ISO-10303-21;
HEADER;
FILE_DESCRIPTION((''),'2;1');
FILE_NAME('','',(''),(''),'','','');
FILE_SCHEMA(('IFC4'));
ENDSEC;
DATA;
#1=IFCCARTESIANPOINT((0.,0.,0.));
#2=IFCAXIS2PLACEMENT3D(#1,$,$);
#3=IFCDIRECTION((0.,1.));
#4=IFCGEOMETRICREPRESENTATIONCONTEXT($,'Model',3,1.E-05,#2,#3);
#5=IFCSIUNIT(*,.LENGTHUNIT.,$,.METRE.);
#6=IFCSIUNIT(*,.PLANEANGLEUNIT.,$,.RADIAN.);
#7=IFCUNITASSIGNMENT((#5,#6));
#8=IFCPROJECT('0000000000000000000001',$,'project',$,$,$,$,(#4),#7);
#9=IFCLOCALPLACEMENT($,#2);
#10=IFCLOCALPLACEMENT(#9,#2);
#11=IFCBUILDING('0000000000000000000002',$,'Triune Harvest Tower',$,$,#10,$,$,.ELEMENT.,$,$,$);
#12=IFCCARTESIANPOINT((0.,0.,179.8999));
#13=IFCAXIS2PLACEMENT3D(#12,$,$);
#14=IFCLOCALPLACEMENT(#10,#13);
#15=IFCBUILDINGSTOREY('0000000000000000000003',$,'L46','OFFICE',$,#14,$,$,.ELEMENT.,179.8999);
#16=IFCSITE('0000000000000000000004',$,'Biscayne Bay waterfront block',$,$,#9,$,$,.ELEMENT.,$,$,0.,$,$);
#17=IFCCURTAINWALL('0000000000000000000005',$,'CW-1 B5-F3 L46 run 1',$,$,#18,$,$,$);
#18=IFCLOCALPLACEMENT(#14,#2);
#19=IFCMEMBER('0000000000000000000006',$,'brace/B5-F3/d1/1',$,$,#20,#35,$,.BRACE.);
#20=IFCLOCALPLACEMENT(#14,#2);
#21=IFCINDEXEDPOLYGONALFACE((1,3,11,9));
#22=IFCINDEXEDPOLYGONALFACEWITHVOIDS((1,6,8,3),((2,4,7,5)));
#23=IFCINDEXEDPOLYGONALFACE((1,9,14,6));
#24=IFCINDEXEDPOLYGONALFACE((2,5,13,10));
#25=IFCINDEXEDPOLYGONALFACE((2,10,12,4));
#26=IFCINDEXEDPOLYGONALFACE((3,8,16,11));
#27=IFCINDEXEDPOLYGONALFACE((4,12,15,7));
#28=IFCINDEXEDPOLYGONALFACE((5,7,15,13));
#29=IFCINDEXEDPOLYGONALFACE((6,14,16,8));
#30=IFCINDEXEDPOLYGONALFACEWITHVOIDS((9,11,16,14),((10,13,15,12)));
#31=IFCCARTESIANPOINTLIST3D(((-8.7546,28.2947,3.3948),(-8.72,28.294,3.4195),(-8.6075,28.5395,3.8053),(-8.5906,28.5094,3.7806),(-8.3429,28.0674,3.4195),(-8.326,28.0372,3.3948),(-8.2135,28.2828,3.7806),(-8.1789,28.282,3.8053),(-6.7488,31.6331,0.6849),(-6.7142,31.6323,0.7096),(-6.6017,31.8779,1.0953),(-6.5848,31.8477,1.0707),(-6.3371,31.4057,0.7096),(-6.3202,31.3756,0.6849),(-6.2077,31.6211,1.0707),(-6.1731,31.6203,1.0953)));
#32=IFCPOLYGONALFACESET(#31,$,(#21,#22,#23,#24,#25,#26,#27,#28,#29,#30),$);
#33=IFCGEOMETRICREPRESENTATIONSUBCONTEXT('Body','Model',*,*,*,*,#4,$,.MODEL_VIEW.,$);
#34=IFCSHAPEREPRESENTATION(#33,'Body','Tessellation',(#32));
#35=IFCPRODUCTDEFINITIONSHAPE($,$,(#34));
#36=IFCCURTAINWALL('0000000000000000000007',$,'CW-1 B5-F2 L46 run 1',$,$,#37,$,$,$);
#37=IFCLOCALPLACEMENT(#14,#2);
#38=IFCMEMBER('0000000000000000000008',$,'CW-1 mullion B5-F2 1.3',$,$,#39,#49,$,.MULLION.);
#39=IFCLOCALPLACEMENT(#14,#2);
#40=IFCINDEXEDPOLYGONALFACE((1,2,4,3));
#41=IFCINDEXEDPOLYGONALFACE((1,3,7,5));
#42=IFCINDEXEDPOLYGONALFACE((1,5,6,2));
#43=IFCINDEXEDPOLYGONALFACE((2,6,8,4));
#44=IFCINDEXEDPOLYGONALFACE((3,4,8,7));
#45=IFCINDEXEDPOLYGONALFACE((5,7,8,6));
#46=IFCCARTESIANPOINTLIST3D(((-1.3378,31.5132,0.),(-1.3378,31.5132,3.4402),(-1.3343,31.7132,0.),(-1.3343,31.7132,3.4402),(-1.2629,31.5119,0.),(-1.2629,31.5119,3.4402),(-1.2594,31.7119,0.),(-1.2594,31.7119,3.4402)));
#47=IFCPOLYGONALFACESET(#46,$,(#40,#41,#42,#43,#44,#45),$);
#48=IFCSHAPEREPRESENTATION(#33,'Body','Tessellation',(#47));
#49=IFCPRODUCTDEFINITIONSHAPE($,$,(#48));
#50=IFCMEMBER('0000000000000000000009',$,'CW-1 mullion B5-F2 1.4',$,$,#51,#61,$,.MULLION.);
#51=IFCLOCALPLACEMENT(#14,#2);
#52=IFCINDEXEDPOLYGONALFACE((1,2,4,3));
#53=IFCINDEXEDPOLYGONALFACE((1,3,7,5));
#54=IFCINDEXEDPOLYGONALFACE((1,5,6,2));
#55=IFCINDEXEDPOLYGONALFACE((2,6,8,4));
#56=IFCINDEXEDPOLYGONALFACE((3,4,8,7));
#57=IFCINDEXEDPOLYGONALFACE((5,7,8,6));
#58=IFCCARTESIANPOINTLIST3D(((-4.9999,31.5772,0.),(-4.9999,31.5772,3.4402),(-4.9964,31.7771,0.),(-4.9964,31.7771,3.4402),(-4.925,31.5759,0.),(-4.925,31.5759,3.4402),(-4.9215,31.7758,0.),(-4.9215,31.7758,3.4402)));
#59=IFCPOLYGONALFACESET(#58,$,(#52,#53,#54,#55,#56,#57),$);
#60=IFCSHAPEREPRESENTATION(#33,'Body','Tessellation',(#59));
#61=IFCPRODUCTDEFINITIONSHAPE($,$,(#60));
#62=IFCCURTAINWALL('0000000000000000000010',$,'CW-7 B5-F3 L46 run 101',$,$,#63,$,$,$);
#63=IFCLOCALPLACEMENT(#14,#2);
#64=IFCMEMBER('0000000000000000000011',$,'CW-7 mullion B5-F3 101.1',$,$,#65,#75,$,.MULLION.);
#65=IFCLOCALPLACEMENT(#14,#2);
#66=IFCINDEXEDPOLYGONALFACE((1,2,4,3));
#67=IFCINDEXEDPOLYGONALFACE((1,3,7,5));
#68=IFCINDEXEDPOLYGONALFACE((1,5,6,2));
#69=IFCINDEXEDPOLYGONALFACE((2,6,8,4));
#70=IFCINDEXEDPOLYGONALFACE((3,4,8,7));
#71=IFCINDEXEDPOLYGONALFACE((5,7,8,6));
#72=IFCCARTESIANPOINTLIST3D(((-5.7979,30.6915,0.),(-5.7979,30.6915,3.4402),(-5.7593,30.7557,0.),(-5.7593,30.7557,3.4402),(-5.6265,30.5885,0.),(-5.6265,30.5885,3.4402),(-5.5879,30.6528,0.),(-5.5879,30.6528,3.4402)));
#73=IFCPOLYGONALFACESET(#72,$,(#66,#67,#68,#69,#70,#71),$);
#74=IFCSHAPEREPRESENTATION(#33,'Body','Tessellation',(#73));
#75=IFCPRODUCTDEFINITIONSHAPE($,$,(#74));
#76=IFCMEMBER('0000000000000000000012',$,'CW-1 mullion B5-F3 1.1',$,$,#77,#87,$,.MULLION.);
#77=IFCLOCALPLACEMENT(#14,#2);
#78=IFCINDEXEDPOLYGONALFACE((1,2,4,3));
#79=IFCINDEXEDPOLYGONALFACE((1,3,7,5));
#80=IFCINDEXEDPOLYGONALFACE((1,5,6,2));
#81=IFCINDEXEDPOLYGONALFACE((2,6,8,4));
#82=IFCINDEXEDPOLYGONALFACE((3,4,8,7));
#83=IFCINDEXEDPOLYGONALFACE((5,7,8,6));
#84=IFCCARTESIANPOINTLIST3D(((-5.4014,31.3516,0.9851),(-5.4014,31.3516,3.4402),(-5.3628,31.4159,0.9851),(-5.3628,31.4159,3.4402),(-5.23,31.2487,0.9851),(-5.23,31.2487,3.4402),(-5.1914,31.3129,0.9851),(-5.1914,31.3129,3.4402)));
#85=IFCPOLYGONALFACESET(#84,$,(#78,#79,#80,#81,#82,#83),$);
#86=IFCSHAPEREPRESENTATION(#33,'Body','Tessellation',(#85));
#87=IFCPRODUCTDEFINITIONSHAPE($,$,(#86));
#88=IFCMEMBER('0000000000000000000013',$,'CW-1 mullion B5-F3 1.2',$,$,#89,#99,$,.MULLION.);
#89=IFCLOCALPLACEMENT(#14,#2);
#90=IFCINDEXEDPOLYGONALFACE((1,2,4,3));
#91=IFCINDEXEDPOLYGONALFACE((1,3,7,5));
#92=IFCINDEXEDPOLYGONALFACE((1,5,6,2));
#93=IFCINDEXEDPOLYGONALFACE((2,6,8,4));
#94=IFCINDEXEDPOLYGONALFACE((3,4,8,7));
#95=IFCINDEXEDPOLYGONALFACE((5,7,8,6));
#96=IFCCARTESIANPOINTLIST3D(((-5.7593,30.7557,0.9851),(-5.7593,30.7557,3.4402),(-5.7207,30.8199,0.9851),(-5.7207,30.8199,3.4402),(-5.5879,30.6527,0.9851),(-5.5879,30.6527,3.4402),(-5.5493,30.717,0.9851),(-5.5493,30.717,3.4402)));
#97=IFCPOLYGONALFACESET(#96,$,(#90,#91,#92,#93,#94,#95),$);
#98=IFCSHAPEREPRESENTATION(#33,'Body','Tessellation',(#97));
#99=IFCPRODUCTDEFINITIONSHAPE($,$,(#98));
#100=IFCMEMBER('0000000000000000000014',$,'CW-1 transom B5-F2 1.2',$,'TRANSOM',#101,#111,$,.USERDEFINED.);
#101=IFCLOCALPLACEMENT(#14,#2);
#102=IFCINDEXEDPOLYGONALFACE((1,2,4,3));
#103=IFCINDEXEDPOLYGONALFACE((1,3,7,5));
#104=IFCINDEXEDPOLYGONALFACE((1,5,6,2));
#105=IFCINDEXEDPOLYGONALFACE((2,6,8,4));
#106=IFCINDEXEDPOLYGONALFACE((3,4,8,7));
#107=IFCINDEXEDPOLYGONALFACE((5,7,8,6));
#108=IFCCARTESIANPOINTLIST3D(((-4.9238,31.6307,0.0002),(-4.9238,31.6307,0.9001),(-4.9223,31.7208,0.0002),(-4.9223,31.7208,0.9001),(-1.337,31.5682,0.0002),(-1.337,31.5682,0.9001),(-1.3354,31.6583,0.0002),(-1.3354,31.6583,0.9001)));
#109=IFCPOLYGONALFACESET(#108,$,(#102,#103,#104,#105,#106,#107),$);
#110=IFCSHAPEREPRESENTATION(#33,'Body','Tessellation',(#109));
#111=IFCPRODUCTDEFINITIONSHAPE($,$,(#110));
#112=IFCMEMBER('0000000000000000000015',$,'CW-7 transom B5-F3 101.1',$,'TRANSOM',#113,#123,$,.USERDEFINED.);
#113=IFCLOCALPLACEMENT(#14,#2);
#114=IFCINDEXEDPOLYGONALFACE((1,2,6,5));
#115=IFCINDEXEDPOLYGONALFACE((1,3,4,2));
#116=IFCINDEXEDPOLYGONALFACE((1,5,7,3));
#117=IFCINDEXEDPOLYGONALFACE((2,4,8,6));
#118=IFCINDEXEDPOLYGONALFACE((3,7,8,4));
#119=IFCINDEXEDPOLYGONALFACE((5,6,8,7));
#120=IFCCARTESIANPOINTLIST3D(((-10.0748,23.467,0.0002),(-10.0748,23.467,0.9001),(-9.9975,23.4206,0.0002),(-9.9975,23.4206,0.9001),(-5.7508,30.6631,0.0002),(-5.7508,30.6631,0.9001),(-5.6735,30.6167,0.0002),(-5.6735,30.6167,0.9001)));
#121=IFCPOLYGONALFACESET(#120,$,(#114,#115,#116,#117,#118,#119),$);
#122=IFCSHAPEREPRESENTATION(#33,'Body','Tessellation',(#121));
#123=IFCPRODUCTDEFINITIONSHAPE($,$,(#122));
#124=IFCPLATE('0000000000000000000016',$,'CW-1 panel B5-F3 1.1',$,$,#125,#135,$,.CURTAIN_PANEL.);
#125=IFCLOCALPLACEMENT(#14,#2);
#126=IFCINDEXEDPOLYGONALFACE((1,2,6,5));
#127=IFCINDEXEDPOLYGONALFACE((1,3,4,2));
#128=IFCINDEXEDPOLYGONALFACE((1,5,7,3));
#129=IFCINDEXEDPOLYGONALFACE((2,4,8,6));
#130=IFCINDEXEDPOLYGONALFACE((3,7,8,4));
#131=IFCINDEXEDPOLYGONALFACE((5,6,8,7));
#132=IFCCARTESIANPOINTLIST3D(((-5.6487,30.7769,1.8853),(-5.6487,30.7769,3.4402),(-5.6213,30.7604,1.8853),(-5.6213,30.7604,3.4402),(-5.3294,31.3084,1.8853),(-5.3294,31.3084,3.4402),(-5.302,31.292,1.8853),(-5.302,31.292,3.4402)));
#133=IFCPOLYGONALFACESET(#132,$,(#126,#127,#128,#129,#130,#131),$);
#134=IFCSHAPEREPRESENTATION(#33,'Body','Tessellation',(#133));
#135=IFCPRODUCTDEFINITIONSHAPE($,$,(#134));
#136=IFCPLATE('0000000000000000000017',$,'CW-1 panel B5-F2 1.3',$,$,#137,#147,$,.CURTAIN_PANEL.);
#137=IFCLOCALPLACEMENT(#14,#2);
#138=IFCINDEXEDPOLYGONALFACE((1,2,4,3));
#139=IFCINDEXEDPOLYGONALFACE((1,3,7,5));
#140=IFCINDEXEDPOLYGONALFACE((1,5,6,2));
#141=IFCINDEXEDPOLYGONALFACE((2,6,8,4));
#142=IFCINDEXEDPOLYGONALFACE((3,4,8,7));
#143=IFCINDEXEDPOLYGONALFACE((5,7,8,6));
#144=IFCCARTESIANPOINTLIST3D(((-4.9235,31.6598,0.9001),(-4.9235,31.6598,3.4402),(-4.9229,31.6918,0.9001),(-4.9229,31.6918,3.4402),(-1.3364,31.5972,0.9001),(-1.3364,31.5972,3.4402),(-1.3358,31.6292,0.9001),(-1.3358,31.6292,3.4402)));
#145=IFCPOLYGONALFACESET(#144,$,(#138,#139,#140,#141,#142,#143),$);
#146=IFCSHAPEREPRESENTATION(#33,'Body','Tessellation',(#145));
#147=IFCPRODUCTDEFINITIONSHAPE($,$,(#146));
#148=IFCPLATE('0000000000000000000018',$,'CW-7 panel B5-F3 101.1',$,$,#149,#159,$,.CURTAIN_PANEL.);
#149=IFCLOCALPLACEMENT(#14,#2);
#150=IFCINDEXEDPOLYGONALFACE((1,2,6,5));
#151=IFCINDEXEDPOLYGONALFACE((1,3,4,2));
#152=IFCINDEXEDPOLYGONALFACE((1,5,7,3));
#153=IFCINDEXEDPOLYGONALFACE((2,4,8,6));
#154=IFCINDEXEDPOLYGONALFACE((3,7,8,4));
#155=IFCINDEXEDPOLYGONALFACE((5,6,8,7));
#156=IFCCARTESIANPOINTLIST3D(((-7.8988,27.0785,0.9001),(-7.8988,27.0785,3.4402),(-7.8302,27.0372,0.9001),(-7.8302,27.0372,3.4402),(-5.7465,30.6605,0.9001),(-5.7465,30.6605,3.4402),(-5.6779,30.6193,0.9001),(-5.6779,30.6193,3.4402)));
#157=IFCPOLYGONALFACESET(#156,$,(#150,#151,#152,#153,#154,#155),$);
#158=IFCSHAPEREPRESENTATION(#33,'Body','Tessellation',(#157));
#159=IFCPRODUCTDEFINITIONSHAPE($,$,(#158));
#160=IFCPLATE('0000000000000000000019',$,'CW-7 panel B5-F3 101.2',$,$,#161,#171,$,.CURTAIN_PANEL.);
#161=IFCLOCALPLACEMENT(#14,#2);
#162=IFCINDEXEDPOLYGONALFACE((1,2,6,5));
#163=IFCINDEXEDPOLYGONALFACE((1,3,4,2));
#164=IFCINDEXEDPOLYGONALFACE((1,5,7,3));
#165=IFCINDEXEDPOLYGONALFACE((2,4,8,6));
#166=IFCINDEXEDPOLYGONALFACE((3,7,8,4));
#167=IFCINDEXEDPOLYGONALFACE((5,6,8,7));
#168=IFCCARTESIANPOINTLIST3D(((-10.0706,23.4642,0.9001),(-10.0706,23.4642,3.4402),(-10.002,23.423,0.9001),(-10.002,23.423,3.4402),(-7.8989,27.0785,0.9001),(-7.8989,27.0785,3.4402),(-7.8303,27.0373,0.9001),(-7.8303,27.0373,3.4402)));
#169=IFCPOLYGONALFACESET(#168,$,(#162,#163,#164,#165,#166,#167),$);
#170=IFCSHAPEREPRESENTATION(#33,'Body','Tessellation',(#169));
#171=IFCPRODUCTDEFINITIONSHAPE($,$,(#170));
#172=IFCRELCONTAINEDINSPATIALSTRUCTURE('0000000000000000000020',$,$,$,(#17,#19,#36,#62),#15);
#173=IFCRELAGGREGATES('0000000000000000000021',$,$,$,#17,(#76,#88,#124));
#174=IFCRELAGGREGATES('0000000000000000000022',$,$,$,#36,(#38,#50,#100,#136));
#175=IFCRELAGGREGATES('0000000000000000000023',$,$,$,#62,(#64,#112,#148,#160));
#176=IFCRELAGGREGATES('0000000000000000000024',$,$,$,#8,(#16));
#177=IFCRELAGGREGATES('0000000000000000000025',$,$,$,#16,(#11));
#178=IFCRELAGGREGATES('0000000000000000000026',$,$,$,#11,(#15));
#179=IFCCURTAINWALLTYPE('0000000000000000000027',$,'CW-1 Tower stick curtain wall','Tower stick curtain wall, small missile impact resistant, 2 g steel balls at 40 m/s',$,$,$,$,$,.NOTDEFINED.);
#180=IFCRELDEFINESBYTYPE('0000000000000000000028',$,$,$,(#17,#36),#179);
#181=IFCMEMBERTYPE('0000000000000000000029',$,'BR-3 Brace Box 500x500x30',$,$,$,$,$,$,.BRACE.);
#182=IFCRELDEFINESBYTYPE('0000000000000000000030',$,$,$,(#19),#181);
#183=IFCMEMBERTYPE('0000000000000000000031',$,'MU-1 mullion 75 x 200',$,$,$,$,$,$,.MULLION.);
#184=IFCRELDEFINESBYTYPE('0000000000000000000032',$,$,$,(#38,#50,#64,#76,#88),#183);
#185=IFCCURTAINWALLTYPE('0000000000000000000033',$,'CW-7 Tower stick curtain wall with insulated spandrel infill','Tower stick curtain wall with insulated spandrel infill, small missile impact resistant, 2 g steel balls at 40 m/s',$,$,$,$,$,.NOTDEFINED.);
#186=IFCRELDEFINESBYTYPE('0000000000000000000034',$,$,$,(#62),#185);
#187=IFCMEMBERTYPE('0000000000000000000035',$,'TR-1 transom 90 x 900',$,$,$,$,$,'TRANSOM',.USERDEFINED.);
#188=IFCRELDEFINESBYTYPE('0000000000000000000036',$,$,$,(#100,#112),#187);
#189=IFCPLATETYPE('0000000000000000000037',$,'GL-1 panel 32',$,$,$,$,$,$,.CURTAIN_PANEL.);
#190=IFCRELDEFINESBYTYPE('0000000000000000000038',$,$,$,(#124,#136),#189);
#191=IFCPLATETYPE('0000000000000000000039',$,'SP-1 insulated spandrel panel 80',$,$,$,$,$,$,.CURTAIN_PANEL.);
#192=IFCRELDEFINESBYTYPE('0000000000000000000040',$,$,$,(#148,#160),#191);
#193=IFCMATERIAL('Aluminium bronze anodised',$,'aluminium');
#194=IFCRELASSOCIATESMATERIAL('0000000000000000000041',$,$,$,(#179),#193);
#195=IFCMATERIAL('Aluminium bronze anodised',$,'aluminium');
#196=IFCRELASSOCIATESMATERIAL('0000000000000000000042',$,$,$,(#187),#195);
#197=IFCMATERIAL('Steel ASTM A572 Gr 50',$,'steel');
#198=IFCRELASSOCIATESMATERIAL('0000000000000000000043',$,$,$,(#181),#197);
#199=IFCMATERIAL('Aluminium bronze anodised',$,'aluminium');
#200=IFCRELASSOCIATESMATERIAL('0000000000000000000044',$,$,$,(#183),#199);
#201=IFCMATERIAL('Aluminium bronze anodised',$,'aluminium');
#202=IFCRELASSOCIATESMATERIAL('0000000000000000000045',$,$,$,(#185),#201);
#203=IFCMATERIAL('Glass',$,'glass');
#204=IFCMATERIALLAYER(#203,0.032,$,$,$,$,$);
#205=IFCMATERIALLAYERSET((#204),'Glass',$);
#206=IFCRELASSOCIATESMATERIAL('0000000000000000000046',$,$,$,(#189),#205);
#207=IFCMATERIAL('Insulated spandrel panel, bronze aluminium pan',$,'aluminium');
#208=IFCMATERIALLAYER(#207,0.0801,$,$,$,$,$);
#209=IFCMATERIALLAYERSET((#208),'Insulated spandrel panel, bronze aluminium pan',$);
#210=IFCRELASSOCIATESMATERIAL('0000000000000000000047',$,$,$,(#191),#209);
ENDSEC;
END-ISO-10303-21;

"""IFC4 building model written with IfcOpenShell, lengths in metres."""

from ifc_helpers import new_model, si_unit, direction, frame, origin, origin_2d, place, context, subcontext, project, spatial, rectangle, hollow_rectangle, extrude, source, transform, mapped, material, layer, layer_set, material_profile, profile_set, type_object, element, aggregate, save


model = new_model("IFC4")

# Units and contexts
model_context = context("Model", 3, precision=1e-05, world=origin(), true_north=direction((0.0, 1.0)))
body_context = subcontext(model_context, "Body", "Model", "MODEL_VIEW")
ifc_project = project(units=[si_unit("LENGTHUNIT", "METRE"), si_unit("PLANEANGLEUNIT", "RADIAN")], contexts=[model_context])

# Site, building, storey
site_placement = place(None, origin())
site = spatial("IfcSite", under=ifc_project, at=site_placement, Name="Biscayne Bay waterfront block", CompositionType="ELEMENT", RefElevation=0.0)
building_placement = place(site_placement, origin())
building = spatial("IfcBuilding", under=site, at=building_placement, Name="Triune Harvest Tower", CompositionType="ELEMENT")
storey_placement = place(building_placement, frame((0.0, 0.0, 179.8999)))
storey = spatial("IfcBuildingStorey", under=building, at=storey_placement, Name="L46", Description="OFFICE", CompositionType="ELEMENT", Elevation=179.8999)

# Curtain wall
ifc_material_1 = material(Name="Aluminium bronze anodised", Category="aluminium")
curtain_wall_type_1 = type_object("IfcCurtainWallType", Name="CW-1 Tower stick curtain wall", Description="Tower stick curtain wall, small missile impact resistant, 2 g steel balls at 40 m/s", PredefinedType="NOTDEFINED", material=ifc_material_1)
curtain_wall_1_placement = place(storey_placement, origin())
curtain_wall_1 = element("IfcCurtainWall", 1, at=curtain_wall_1_placement, inside=storey, type_object=curtain_wall_type_1, Name="CW-1 B5-F3 L46 run 1")
ifc_material_2 = material(Name="Aluminium bronze anodised", Category="aluminium")
ifc_material_profile_1 = material_profile(ifc_material_2, rectangle(XDim=0.0901, YDim=0.8999, at=origin_2d()), Name="TR-1 transom 90 x 900")
ifc_profile_set_1 = profile_set([ifc_material_profile_1], Name="Aluminium bronze anodised")
member_type_1 = type_object("IfcMemberType", Name="TR-1 transom 90 x 900", ElementType="TRANSOM", PredefinedType="USERDEFINED", material=ifc_profile_set_1)

# Member
ifc_material_3 = material(Name="Steel ASTM A572 Gr 50", Category="steel")
ifc_material_profile_2 = material_profile(ifc_material_3, hollow_rectangle(XDim=0.5, YDim=0.5, WallThickness=0.03, at=origin_2d()), Name="Box 500x500x30")
ifc_profile_set_2 = profile_set([ifc_material_profile_2], Name="Steel ASTM A572 Gr 50")
member_type_2 = type_object("IfcMemberType", Name="BR-3 Brace Box 500x500x30", PredefinedType="BRACE", material=ifc_profile_set_2)
shared_shape_1 = source(origin(), body_context, "Body", "SweptSolid", [
    extrude(hollow_rectangle(XDim=0.5, YDim=0.5, WallThickness=0.03, at=origin_2d()), origin(), (0.0, 0.0, 1.0), 4.7446),
])
member_1_placement = place(storey_placement, frame((-6.4609, 31.6267, 0.8901), z_axis=(-0.422758, -0.703602, 0.571156), x_axis=(0.857172, -0.51503, 0.0)))
element("IfcMember", 2, at=member_1_placement, inside=storey, type_object=member_type_2, Name="brace/B5-F3/d1/1", PredefinedType="BRACE", context=body_context, shape_type="MappedRepresentation", body=[
    mapped(shared_shape_1, transform((0.0, 0.0, 0.0), scale=1.0)),
])

# Curtain wall, members
curtain_wall_2_placement = place(storey_placement, origin())
curtain_wall_2 = element("IfcCurtainWall", 3, at=curtain_wall_2_placement, inside=storey, type_object=curtain_wall_type_1, Name="CW-1 B5-F2 L46 run 1")
ifc_material_4 = material(Name="Aluminium bronze anodised", Category="aluminium")
ifc_material_profile_3 = material_profile(ifc_material_4, rectangle(XDim=0.2, YDim=0.075, at=origin_2d()), Name="MU-1 mullion 75 x 200")
ifc_profile_set_3 = profile_set([ifc_material_profile_3], Name="Aluminium bronze anodised")
member_type_3 = type_object("IfcMemberType", Name="MU-1 mullion 75 x 200", PredefinedType="MULLION", material=ifc_profile_set_3)
shared_shape_2 = source(origin(), body_context, "Body", "SweptSolid", [
    extrude(rectangle(XDim=0.2, YDim=0.075, at=origin_2d()), origin(), (0.0, 0.0, 1.0), 3.4402),
])
member_2_placement = place(storey_placement, frame((-1.2986, 31.6125, 0.0), z_axis=(0.0, 0.0, 1.0), x_axis=(-0.017446, -0.999848, 0.0)))
member_2 = element("IfcMember", 4, at=member_2_placement, type_object=member_type_3, Name="CW-1 mullion B5-F2 1.3", PredefinedType="MULLION", context=body_context, shape_type="MappedRepresentation", body=[
    mapped(shared_shape_2, transform((0.0, 0.0, 0.0), scale=1.0)),
])
member_3_placement = place(storey_placement, frame((-4.9607, 31.6765, 0.0), z_axis=(0.0, 0.0, 1.0), x_axis=(-0.017446, -0.999848, 0.0)))
member_3 = element("IfcMember", 5, at=member_3_placement, type_object=member_type_3, Name="CW-1 mullion B5-F2 1.4", PredefinedType="MULLION", context=body_context, shape_type="MappedRepresentation", body=[
    mapped(shared_shape_2, transform((0.0, 0.0, 0.0), scale=1.0)),
])

# Curtain wall, member
ifc_material_5 = material(Name="Aluminium bronze anodised", Category="aluminium")
curtain_wall_type_2 = type_object("IfcCurtainWallType", Name="CW-7 Tower stick curtain wall with insulated spandrel infill", Description="Tower stick curtain wall with insulated spandrel infill, small missile impact resistant, 2 g steel balls at 40 m/s", PredefinedType="NOTDEFINED", material=ifc_material_5)
curtain_wall_3_placement = place(storey_placement, origin())
curtain_wall_3 = element("IfcCurtainWall", 6, at=curtain_wall_3_placement, inside=storey, type_object=curtain_wall_type_2, Name="CW-7 B5-F3 L46 run 101")
member_4_placement = place(storey_placement, frame((-5.6929, 30.6721, 0.0), z_axis=(0.0, 0.0, 1.0), x_axis=(0.85717, -0.515034, 0.0)))
member_4 = element("IfcMember", 7, at=member_4_placement, type_object=member_type_3, Name="CW-7 mullion B5-F3 101.1", PredefinedType="MULLION", context=body_context, shape_type="MappedRepresentation", body=[
    mapped(shared_shape_2, transform((0.0, 0.0, 0.0), scale=1.0)),
])

# Members
shared_shape_3 = source(origin(), body_context, "Body", "SweptSolid", [
    extrude(rectangle(XDim=0.2, YDim=0.075, at=origin_2d()), origin(), (0.0, 0.0, 1.0), 2.4551),
])
member_5_placement = place(storey_placement, frame((-5.2964, 31.3323, 0.9851), z_axis=(0.0, 0.0, 1.0), x_axis=(0.857183, -0.515011, 0.0)))
member_5 = element("IfcMember", 8, at=member_5_placement, type_object=member_type_3, Name="CW-1 mullion B5-F3 1.1", PredefinedType="MULLION", context=body_context, shape_type="MappedRepresentation", body=[
    mapped(shared_shape_3, transform((0.0, 0.0, 0.0), scale=1.0)),
])
member_6_placement = place(storey_placement, frame((-5.6543, 30.7363, 0.9851), z_axis=(0.0, 0.0, 1.0), x_axis=(0.857183, -0.515011, 0.0)))
member_6 = element("IfcMember", 9, at=member_6_placement, type_object=member_type_3, Name="CW-1 mullion B5-F3 1.2", PredefinedType="MULLION", context=body_context, shape_type="MappedRepresentation", body=[
    mapped(shared_shape_3, transform((0.0, 0.0, 0.0), scale=1.0)),
])
shared_shape_4 = source(origin(), body_context, "Body", "SweptSolid", [
    extrude(rectangle(XDim=0.0901, YDim=0.8999, at=origin_2d()), origin(), (0.0, 0.0, 1.0), 3.5874),
])
member_7_placement = place(storey_placement, frame((-1.3362, 31.6133, 0.4502), z_axis=(-0.999848, 0.017422, 0.0), x_axis=(-0.017422, -0.999848, 0.0)))
member_7 = element("IfcMember", 10, at=member_7_placement, type_object=member_type_1, Name="CW-1 transom B5-F2 1.2", ObjectType="TRANSOM", PredefinedType="USERDEFINED", context=body_context, shape_type="MappedRepresentation", body=[
    mapped(shared_shape_4, transform((0.0, 0.0, 0.0), scale=1.0)),
])
shared_shape_5 = source(origin(), body_context, "Body", "SweptSolid", [
    extrude(rectangle(XDim=0.0901, YDim=0.8999, at=origin_2d()), origin(), (0.0, 0.0, 1.0), 8.3953),
])
member_8_placement = place(storey_placement, frame((-5.7122, 30.6399, 0.4502), z_axis=(-0.515052, -0.857159, 0.0), x_axis=(0.857159, -0.515052, 0.0)))
member_8 = element("IfcMember", 11, at=member_8_placement, type_object=member_type_1, Name="CW-7 transom B5-F3 101.1", ObjectType="TRANSOM", PredefinedType="USERDEFINED", context=body_context, shape_type="MappedRepresentation", body=[
    mapped(shared_shape_5, transform((0.0, 0.0, 0.0), scale=1.0)),
])

# Plates
ifc_material_6 = material(Name="Glass", Category="glass")
ifc_layer_1 = layer(ifc_material_6, 0.032)
ifc_layer_set_1 = layer_set([ifc_layer_1], Name="Glass")
plate_type_1 = type_object("IfcPlateType", Name="GL-1 panel 32", PredefinedType="CURTAIN_PANEL", material=ifc_layer_set_1)
plate_1_placement = place(storey_placement, frame((-5.4753, 31.0344, 1.8853), z_axis=(0.0, 0.0, 1.0), x_axis=(-0.515011, -0.857183, 0.0)))
plate_1 = element("IfcPlate", 12, at=plate_1_placement, type_object=plate_type_1, Name="CW-1 panel B5-F3 1.1", PredefinedType="CURTAIN_PANEL", context=body_context, shape_type="SweptSolid", body=[
    extrude(rectangle(XDim=0.6201, YDim=0.032, at=origin_2d()), origin(), (0.0, 0.0, 1.0), 1.5549),
])
aggregate(curtain_wall_1, [member_5, member_6, plate_1])
shared_shape_6 = source(origin(), body_context, "Body", "SweptSolid", [
    extrude(rectangle(XDim=3.5876, YDim=0.032, at=origin_2d()), origin(), (0.0, 0.0, 1.0), 2.54),
])
plate_2_placement = place(storey_placement, frame((-3.1296, 31.6445, 0.9001), z_axis=(0.0, 0.0, 1.0), x_axis=(-0.999848, 0.017446, 0.0)))
plate_2 = element("IfcPlate", 13, at=plate_2_placement, type_object=plate_type_1, Name="CW-1 panel B5-F2 1.3", PredefinedType="CURTAIN_PANEL", context=body_context, shape_type="MappedRepresentation", body=[
    mapped(shared_shape_6, transform((0.0, 0.0, 0.0), scale=1.0)),
])
aggregate(curtain_wall_2, [member_2, member_3, member_7, plate_2])
ifc_material_7 = material(Name="Insulated spandrel panel, bronze aluminium pan", Category="aluminium")
ifc_layer_2 = layer(ifc_material_7, 0.0801)
ifc_layer_set_2 = layer_set([ifc_layer_2], Name="Insulated spandrel panel, bronze aluminium pan")
plate_type_2 = type_object("IfcPlateType", Name="SP-1 insulated spandrel panel 80", PredefinedType="CURTAIN_PANEL", material=ifc_layer_set_2)
shared_shape_7 = source(origin(), body_context, "Body", "SweptSolid", [
    extrude(rectangle(XDim=4.179, YDim=0.0801, at=origin_2d()), origin(), (0.0, 0.0, 1.0), 2.54),
])
plate_3_placement = place(storey_placement, frame((-6.7883, 28.8489, 0.9001), z_axis=(0.0, 0.0, 1.0), x_axis=(-0.515034, -0.85717, 0.0)))
plate_3 = element("IfcPlate", 14, at=plate_3_placement, type_object=plate_type_2, Name="CW-7 panel B5-F3 101.1", PredefinedType="CURTAIN_PANEL", context=body_context, shape_type="MappedRepresentation", body=[
    mapped(shared_shape_7, transform((0.0, 0.0, 0.0), scale=1.0)),
])
shared_shape_8 = source(origin(), body_context, "Body", "SweptSolid", [
    extrude(rectangle(XDim=4.2166, YDim=0.0801, at=origin_2d()), origin(), (0.0, 0.0, 1.0), 2.54),
])
plate_4_placement = place(storey_placement, frame((-8.9504, 25.2507, 0.9001), z_axis=(0.0, 0.0, 1.0), x_axis=(-0.515034, -0.85717, 0.0)))
plate_4 = element("IfcPlate", 15, at=plate_4_placement, type_object=plate_type_2, Name="CW-7 panel B5-F3 101.2", PredefinedType="CURTAIN_PANEL", context=body_context, shape_type="MappedRepresentation", body=[
    mapped(shared_shape_8, transform((0.0, 0.0, 0.0), scale=1.0)),
])
aggregate(curtain_wall_3, [member_4, member_8, plate_3, plate_4])

save(model, "model.ifc")
